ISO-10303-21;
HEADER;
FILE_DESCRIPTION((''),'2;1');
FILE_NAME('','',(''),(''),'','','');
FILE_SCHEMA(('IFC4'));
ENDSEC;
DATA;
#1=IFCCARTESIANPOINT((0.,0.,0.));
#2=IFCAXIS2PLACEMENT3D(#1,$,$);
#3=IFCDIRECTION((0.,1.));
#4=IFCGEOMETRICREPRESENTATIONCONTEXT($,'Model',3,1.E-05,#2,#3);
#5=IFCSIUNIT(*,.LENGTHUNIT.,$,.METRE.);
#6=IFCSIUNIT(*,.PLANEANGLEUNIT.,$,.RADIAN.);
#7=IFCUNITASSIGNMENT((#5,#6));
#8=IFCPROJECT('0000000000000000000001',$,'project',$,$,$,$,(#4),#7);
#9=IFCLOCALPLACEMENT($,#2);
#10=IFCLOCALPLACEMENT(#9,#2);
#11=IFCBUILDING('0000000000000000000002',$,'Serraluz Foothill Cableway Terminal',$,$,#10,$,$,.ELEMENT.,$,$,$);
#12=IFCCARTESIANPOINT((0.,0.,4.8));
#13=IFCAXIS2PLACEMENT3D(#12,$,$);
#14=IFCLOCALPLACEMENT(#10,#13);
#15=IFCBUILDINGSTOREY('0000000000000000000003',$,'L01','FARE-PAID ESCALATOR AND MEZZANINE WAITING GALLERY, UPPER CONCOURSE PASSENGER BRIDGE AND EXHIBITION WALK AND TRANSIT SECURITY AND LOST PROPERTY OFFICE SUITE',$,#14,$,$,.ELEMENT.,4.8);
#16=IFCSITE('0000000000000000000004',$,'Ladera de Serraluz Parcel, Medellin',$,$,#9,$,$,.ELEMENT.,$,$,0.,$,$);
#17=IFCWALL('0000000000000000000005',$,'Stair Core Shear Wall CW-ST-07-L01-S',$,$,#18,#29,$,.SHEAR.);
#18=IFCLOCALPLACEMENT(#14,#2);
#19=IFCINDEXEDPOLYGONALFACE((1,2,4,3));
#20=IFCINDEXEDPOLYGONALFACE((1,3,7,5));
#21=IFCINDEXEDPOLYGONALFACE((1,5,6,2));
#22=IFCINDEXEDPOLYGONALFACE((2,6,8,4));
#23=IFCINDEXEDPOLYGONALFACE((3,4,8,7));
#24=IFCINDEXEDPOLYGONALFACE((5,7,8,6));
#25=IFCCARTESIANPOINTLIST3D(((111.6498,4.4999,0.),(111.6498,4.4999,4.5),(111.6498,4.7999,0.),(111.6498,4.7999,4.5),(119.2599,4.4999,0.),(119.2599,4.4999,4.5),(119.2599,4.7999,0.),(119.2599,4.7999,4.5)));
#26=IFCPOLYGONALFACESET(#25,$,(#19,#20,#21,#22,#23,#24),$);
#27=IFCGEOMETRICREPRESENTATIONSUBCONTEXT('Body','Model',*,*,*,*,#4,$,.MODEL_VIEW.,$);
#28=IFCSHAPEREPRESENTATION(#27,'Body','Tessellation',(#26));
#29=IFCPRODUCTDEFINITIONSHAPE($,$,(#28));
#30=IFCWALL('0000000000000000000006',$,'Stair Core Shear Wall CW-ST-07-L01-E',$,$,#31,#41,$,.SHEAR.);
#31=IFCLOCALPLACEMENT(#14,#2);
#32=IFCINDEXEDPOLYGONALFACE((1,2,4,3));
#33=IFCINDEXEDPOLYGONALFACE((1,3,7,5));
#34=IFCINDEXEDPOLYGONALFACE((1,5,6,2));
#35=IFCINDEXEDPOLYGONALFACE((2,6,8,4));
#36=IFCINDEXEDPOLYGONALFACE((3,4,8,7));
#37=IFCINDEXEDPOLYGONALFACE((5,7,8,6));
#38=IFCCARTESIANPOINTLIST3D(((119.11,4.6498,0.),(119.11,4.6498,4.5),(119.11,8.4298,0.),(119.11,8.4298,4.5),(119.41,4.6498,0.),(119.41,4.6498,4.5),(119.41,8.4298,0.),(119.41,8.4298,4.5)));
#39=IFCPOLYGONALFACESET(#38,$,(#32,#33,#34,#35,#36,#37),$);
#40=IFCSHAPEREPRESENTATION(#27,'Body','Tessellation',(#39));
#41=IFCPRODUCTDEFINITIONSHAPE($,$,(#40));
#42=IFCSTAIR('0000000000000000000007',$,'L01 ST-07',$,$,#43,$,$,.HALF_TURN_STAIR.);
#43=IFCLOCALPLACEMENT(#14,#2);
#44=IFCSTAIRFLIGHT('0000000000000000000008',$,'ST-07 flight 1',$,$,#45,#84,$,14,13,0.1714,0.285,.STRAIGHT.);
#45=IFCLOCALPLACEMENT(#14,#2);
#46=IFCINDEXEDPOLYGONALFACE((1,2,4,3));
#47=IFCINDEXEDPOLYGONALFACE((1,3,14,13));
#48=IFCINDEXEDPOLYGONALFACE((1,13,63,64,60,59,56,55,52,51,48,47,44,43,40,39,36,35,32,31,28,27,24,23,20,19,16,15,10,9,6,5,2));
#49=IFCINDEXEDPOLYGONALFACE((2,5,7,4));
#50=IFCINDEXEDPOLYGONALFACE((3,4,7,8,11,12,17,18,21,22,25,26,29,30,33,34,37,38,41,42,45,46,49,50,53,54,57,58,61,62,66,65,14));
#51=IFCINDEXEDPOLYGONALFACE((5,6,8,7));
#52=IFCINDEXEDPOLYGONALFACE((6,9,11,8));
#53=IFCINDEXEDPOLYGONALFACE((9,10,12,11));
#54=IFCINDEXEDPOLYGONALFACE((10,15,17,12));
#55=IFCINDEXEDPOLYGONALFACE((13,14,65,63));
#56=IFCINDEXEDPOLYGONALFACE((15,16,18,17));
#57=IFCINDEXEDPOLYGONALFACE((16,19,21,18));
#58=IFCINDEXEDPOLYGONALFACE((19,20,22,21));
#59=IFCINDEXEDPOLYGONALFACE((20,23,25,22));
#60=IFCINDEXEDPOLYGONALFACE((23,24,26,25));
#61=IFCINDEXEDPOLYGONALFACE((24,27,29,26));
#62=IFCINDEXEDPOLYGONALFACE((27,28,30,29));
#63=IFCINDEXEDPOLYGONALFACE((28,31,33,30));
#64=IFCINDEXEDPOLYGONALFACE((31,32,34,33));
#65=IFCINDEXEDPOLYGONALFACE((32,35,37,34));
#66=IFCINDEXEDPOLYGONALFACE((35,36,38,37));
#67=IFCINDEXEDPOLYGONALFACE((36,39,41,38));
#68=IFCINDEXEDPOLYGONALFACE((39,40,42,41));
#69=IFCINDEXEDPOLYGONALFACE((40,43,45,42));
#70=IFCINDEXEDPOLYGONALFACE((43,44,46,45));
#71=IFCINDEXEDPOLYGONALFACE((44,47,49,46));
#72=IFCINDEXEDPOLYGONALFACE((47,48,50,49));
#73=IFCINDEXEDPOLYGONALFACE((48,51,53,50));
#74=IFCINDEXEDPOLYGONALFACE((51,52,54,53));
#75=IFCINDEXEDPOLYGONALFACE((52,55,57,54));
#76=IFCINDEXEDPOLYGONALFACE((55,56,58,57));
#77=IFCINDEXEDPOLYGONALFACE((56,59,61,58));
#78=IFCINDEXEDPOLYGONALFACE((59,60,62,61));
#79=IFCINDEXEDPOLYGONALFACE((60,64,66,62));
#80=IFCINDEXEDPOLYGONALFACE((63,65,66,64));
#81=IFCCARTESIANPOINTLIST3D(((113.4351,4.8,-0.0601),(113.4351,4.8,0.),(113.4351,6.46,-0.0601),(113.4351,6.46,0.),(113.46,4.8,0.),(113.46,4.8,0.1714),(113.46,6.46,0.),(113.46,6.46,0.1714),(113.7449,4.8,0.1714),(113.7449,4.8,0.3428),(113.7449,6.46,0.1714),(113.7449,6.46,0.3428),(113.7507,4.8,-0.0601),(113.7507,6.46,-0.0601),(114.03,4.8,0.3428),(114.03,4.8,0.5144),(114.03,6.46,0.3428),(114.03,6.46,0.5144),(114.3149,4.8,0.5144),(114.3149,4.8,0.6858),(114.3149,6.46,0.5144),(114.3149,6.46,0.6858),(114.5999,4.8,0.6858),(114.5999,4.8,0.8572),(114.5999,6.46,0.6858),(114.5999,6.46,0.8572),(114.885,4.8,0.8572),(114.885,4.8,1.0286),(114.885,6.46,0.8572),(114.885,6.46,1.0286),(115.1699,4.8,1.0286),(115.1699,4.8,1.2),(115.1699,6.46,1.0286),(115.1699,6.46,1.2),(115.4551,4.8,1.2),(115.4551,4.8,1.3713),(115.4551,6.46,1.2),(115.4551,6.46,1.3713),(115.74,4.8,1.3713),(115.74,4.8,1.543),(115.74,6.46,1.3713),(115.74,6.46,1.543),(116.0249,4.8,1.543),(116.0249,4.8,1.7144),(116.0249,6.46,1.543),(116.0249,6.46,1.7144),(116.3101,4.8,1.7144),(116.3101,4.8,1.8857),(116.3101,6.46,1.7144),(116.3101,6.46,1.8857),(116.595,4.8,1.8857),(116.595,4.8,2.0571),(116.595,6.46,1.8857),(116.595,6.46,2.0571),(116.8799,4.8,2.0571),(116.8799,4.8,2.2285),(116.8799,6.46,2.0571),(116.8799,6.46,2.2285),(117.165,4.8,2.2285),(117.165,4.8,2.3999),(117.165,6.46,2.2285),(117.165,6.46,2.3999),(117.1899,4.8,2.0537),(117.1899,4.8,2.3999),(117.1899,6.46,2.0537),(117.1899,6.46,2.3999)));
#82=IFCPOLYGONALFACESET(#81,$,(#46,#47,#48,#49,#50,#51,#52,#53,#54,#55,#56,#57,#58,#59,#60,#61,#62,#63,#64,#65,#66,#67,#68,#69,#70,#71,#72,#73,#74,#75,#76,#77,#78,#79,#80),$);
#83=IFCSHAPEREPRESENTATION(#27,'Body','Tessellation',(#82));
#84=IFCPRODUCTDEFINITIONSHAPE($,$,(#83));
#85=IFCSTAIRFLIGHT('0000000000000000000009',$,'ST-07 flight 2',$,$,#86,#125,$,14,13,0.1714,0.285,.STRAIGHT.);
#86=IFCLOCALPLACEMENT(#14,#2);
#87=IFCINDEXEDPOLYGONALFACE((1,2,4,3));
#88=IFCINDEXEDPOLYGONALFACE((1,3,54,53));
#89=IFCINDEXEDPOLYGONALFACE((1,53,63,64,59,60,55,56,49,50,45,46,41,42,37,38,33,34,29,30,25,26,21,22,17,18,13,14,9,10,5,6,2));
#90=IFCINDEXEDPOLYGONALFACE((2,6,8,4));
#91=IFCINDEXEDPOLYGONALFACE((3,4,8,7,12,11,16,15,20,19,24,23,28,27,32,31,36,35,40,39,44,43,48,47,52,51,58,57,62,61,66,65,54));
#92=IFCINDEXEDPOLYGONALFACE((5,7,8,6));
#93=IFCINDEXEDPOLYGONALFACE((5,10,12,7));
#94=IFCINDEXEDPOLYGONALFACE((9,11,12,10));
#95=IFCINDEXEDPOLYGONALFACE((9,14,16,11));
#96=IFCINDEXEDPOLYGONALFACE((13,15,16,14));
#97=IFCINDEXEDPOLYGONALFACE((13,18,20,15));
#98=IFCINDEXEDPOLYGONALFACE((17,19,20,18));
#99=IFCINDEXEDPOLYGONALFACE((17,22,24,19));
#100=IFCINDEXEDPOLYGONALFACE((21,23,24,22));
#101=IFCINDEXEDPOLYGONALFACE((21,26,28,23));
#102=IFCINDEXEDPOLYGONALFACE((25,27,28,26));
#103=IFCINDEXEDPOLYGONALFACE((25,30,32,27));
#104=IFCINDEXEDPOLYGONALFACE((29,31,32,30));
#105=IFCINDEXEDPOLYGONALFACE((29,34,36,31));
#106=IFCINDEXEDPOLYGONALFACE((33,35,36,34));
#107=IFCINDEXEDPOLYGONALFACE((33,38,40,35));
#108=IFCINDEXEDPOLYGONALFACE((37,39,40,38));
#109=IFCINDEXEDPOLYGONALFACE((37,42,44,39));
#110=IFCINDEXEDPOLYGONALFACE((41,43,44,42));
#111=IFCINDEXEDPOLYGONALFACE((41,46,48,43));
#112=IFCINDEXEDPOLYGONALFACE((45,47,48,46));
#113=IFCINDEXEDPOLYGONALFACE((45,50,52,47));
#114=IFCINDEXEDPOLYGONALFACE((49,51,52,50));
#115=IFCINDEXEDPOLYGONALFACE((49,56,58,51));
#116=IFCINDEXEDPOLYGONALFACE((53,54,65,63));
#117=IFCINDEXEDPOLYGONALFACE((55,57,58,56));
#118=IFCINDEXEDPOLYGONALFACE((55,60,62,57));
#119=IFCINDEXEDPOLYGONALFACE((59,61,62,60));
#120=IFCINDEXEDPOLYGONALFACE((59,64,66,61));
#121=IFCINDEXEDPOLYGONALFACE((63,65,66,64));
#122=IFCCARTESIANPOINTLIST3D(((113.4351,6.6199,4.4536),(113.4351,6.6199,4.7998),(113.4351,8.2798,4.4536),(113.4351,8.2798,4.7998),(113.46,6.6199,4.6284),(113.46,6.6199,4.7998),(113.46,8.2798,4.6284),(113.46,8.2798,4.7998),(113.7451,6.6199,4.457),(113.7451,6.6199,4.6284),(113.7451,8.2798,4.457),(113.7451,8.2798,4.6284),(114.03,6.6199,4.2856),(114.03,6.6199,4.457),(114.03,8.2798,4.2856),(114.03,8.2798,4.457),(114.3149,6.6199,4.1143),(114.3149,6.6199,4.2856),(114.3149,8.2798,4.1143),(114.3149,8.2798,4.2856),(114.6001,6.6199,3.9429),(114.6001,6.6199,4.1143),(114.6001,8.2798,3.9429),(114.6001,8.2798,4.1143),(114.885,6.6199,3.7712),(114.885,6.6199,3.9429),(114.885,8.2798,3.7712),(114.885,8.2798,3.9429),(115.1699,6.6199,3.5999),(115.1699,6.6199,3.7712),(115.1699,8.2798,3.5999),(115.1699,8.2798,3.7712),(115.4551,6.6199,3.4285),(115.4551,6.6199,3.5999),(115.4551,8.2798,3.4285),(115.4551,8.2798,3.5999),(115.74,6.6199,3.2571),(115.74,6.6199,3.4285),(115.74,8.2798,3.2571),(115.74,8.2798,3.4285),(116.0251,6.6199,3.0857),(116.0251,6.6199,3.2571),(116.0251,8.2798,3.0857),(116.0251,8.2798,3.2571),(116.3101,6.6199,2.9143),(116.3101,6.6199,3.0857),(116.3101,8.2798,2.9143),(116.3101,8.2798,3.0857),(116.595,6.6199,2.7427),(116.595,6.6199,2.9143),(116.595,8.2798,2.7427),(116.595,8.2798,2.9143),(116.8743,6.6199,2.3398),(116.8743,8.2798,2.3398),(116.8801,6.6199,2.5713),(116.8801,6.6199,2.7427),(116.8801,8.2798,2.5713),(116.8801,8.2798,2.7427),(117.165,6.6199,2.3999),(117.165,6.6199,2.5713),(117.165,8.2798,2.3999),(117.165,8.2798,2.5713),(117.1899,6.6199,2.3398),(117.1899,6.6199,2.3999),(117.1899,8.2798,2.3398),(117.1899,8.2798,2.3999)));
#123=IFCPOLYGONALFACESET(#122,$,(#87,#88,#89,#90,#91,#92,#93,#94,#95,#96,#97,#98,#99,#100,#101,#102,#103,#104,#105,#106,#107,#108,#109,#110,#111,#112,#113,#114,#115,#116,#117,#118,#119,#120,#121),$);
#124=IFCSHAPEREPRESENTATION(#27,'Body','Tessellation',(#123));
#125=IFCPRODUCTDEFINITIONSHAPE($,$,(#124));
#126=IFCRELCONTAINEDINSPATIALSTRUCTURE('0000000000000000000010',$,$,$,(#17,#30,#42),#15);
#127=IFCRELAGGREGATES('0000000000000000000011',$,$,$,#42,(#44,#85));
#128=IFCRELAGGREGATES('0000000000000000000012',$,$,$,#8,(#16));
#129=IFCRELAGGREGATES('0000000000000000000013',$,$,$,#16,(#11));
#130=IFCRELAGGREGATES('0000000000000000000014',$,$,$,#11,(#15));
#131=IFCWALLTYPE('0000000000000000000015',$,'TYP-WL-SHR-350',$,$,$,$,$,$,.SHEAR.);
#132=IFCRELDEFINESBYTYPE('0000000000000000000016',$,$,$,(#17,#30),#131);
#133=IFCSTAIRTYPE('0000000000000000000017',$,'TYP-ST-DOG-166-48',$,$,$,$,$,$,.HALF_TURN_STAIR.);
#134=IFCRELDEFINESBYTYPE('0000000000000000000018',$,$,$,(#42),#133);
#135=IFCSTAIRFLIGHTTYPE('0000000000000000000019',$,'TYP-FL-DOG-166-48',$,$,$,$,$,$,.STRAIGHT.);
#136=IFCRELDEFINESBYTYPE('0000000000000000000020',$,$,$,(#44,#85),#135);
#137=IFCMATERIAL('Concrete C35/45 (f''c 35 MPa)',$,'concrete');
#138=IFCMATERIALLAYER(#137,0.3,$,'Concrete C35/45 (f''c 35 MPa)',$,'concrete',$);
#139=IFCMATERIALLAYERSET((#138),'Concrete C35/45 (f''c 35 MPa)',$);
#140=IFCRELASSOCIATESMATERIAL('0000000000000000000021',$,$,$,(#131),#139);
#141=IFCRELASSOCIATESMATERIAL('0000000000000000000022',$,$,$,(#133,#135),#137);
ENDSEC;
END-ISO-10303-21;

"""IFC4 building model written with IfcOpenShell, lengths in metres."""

from ifc_helpers import new_model, si_unit, direction, frame, frame_2d, origin, place, context, subcontext, project, spatial, polyline, rectangle, outline, extrude, material, layer, layer_set, type_object, element, aggregate, save


model = new_model("IFC4")

# Units and contexts
model_context = context("Model", 3, precision=1e-05, world=origin(), true_north=direction((0.0, 1.0)))
body_context = subcontext(model_context, "Body", "Model", "MODEL_VIEW")
ifc_project = project(units=[si_unit("LENGTHUNIT", "METRE"), si_unit("PLANEANGLEUNIT", "RADIAN")], contexts=[model_context])

# Site, building, storey
site_placement = place(None, origin())
site = spatial("IfcSite", under=ifc_project, at=site_placement, Name="Ladera de Serraluz Parcel, Medellin", CompositionType="ELEMENT", RefElevation=0.0)
building_placement = place(site_placement, origin())
building = spatial("IfcBuilding", under=site, at=building_placement, Name="Serraluz Foothill Cableway Terminal", CompositionType="ELEMENT")
storey_placement = place(building_placement, frame((0.0, 0.0, 4.8)))
storey = spatial("IfcBuildingStorey", under=building, at=storey_placement, Name="L01", Description="FARE-PAID ESCALATOR AND MEZZANINE WAITING GALLERY, UPPER CONCOURSE PASSENGER BRIDGE AND EXHIBITION WALK AND TRANSIT SECURITY AND LOST PROPERTY OFFICE SUITE", CompositionType="ELEMENT", Elevation=4.8)

# Shared definitions
ifc_material_1 = material(Name="Concrete C35/45 (f'c 35 MPa)", Category="concrete")

# Walls
ifc_layer_1 = layer(ifc_material_1, 0.3, Name="Concrete C35/45 (f'c 35 MPa)", Category="concrete")
ifc_layer_set_1 = layer_set([ifc_layer_1], Name="Concrete C35/45 (f'c 35 MPa)")
wall_type_1 = type_object("IfcWallType", Name="TYP-WL-SHR-350", PredefinedType="SHEAR", material=ifc_layer_set_1)
wall_1_placement = place(storey_placement, frame((119.26, 4.6499, 0.0), z_axis=(0.0, 0.0, 1.0), x_axis=(-1.0, 0.0, 0.0)))
element("IfcWall", 1, at=wall_1_placement, inside=storey, type_object=wall_type_1, Name="Stair Core Shear Wall CW-ST-07-L01-S", PredefinedType="SHEAR", context=body_context, shape_type="SweptSolid", body=[
    extrude(rectangle(XDim=7.6101, YDim=0.3, at=frame_2d((3.8052, 0.0))), origin(), (0.0, 0.0, 1.0), 4.5),
])
wall_2_placement = place(storey_placement, frame((119.26, 8.4299, 0.0), z_axis=(0.0, 0.0, 1.0), x_axis=(0.0, -1.0, 0.0)))
element("IfcWall", 2, at=wall_2_placement, inside=storey, type_object=wall_type_1, Name="Stair Core Shear Wall CW-ST-07-L01-E", PredefinedType="SHEAR", context=body_context, shape_type="SweptSolid", body=[
    extrude(rectangle(XDim=3.78, YDim=0.3, at=frame_2d((1.8901, 0.0))), origin(), (0.0, 0.0, 1.0), 4.5),
])

# Stair, stair flights
stair_type = type_object("IfcStairType", Name="TYP-ST-DOG-166-48", PredefinedType="HALF_TURN_STAIR", material=ifc_material_1)
stair_placement = place(storey_placement, origin())
stair = element("IfcStair", 3, at=stair_placement, inside=storey, type_object=stair_type, Name="L01 ST-07", PredefinedType="HALF_TURN_STAIR")
stair_flight_type = type_object("IfcStairFlightType", Name="TYP-FL-DOG-166-48", PredefinedType="STRAIGHT", material=ifc_material_1)
stair_flight_1_placement = place(storey_placement, frame((113.46, 5.6299, 0.0), z_axis=(0.0, 0.0, 1.0), x_axis=(1.0, 0.0, 0.0)))
stair_flight_1 = element("IfcStairFlight", 4, at=stair_flight_1_placement, type_object=stair_flight_type, Name="ST-07 flight 1", NumberOfRisers=14, NumberOfTreads=13, PredefinedType="STRAIGHT", RiserHeight=0.1714, TreadLength=0.285, context=body_context, shape_type="SweptSolid", body=[
    extrude(outline(polyline([(-0.0249, -0.0601), (-0.0249, 0.0), (0.0, 0.0), (0.0, 0.1714), (0.2849, 0.1714), (0.2849, 0.3428), (0.5701, 0.3428), (0.5701, 0.5144), (0.855, 0.5144), (0.855, 0.6858), (1.1399, 0.6858), (1.1399, 0.8572), (1.425, 0.8572), (1.425, 1.0286), (1.71, 1.0286), (1.71, 1.2), (1.9951, 1.2), (1.9951, 1.3713), (2.28, 1.3713), (2.28, 1.543), (2.5649, 1.543), (2.5649, 1.7144), (2.8501, 1.7144), (2.8501, 1.8857), (3.135, 1.8857), (3.135, 2.0571), (3.4199, 2.0571), (3.4199, 2.2285), (3.7051, 2.2285), (3.7051, 2.3999), (3.73, 2.3999), (3.73, 2.0537), (0.2908, -0.0601), (-0.0249, -0.0601)])), frame((0.0, 0.8301, 0.0), z_axis=(0.0, -1.0, 0.0), x_axis=(1.0, 0.0, 0.0)), (0.0, 0.0, 1.0), 1.6599),
])
stair_flight_2_placement = place(storey_placement, frame((117.165, 7.45, 2.3999), z_axis=(0.0, 0.0, 1.0), x_axis=(-1.0, 0.0, 0.0)))
stair_flight_2 = element("IfcStairFlight", 5, at=stair_flight_2_placement, type_object=stair_flight_type, Name="ST-07 flight 2", NumberOfRisers=14, NumberOfTreads=13, PredefinedType="STRAIGHT", RiserHeight=0.1714, TreadLength=0.285, context=body_context, shape_type="SweptSolid", body=[
    extrude(outline(polyline([(-0.0249, -0.0601), (-0.0249, 0.0), (0.0, 0.0), (0.0, 0.1714), (0.2849, 0.1714), (0.2849, 0.3428), (0.5701, 0.3428), (0.5701, 0.5144), (0.855, 0.5144), (0.855, 0.6858), (1.1399, 0.6858), (1.1399, 0.8572), (1.425, 0.8572), (1.425, 1.0286), (1.71, 1.0286), (1.71, 1.2), (1.9951, 1.2), (1.9951, 1.3713), (2.28, 1.3713), (2.28, 1.543), (2.5649, 1.543), (2.5649, 1.7144), (2.8501, 1.7144), (2.8501, 1.8857), (3.135, 1.8857), (3.135, 2.0571), (3.4199, 2.0571), (3.4199, 2.2285), (3.7051, 2.2285), (3.7051, 2.3999), (3.73, 2.3999), (3.73, 2.0537), (0.2908, -0.0601), (-0.0249, -0.0601)])), frame((0.0, 0.8301, 0.0), z_axis=(0.0, -1.0, 0.0), x_axis=(1.0, 0.0, 0.0)), (0.0, 0.0, 1.0), 1.6599),
])
aggregate(stair, [stair_flight_1, stair_flight_2])

save(model, "model.ifc")
